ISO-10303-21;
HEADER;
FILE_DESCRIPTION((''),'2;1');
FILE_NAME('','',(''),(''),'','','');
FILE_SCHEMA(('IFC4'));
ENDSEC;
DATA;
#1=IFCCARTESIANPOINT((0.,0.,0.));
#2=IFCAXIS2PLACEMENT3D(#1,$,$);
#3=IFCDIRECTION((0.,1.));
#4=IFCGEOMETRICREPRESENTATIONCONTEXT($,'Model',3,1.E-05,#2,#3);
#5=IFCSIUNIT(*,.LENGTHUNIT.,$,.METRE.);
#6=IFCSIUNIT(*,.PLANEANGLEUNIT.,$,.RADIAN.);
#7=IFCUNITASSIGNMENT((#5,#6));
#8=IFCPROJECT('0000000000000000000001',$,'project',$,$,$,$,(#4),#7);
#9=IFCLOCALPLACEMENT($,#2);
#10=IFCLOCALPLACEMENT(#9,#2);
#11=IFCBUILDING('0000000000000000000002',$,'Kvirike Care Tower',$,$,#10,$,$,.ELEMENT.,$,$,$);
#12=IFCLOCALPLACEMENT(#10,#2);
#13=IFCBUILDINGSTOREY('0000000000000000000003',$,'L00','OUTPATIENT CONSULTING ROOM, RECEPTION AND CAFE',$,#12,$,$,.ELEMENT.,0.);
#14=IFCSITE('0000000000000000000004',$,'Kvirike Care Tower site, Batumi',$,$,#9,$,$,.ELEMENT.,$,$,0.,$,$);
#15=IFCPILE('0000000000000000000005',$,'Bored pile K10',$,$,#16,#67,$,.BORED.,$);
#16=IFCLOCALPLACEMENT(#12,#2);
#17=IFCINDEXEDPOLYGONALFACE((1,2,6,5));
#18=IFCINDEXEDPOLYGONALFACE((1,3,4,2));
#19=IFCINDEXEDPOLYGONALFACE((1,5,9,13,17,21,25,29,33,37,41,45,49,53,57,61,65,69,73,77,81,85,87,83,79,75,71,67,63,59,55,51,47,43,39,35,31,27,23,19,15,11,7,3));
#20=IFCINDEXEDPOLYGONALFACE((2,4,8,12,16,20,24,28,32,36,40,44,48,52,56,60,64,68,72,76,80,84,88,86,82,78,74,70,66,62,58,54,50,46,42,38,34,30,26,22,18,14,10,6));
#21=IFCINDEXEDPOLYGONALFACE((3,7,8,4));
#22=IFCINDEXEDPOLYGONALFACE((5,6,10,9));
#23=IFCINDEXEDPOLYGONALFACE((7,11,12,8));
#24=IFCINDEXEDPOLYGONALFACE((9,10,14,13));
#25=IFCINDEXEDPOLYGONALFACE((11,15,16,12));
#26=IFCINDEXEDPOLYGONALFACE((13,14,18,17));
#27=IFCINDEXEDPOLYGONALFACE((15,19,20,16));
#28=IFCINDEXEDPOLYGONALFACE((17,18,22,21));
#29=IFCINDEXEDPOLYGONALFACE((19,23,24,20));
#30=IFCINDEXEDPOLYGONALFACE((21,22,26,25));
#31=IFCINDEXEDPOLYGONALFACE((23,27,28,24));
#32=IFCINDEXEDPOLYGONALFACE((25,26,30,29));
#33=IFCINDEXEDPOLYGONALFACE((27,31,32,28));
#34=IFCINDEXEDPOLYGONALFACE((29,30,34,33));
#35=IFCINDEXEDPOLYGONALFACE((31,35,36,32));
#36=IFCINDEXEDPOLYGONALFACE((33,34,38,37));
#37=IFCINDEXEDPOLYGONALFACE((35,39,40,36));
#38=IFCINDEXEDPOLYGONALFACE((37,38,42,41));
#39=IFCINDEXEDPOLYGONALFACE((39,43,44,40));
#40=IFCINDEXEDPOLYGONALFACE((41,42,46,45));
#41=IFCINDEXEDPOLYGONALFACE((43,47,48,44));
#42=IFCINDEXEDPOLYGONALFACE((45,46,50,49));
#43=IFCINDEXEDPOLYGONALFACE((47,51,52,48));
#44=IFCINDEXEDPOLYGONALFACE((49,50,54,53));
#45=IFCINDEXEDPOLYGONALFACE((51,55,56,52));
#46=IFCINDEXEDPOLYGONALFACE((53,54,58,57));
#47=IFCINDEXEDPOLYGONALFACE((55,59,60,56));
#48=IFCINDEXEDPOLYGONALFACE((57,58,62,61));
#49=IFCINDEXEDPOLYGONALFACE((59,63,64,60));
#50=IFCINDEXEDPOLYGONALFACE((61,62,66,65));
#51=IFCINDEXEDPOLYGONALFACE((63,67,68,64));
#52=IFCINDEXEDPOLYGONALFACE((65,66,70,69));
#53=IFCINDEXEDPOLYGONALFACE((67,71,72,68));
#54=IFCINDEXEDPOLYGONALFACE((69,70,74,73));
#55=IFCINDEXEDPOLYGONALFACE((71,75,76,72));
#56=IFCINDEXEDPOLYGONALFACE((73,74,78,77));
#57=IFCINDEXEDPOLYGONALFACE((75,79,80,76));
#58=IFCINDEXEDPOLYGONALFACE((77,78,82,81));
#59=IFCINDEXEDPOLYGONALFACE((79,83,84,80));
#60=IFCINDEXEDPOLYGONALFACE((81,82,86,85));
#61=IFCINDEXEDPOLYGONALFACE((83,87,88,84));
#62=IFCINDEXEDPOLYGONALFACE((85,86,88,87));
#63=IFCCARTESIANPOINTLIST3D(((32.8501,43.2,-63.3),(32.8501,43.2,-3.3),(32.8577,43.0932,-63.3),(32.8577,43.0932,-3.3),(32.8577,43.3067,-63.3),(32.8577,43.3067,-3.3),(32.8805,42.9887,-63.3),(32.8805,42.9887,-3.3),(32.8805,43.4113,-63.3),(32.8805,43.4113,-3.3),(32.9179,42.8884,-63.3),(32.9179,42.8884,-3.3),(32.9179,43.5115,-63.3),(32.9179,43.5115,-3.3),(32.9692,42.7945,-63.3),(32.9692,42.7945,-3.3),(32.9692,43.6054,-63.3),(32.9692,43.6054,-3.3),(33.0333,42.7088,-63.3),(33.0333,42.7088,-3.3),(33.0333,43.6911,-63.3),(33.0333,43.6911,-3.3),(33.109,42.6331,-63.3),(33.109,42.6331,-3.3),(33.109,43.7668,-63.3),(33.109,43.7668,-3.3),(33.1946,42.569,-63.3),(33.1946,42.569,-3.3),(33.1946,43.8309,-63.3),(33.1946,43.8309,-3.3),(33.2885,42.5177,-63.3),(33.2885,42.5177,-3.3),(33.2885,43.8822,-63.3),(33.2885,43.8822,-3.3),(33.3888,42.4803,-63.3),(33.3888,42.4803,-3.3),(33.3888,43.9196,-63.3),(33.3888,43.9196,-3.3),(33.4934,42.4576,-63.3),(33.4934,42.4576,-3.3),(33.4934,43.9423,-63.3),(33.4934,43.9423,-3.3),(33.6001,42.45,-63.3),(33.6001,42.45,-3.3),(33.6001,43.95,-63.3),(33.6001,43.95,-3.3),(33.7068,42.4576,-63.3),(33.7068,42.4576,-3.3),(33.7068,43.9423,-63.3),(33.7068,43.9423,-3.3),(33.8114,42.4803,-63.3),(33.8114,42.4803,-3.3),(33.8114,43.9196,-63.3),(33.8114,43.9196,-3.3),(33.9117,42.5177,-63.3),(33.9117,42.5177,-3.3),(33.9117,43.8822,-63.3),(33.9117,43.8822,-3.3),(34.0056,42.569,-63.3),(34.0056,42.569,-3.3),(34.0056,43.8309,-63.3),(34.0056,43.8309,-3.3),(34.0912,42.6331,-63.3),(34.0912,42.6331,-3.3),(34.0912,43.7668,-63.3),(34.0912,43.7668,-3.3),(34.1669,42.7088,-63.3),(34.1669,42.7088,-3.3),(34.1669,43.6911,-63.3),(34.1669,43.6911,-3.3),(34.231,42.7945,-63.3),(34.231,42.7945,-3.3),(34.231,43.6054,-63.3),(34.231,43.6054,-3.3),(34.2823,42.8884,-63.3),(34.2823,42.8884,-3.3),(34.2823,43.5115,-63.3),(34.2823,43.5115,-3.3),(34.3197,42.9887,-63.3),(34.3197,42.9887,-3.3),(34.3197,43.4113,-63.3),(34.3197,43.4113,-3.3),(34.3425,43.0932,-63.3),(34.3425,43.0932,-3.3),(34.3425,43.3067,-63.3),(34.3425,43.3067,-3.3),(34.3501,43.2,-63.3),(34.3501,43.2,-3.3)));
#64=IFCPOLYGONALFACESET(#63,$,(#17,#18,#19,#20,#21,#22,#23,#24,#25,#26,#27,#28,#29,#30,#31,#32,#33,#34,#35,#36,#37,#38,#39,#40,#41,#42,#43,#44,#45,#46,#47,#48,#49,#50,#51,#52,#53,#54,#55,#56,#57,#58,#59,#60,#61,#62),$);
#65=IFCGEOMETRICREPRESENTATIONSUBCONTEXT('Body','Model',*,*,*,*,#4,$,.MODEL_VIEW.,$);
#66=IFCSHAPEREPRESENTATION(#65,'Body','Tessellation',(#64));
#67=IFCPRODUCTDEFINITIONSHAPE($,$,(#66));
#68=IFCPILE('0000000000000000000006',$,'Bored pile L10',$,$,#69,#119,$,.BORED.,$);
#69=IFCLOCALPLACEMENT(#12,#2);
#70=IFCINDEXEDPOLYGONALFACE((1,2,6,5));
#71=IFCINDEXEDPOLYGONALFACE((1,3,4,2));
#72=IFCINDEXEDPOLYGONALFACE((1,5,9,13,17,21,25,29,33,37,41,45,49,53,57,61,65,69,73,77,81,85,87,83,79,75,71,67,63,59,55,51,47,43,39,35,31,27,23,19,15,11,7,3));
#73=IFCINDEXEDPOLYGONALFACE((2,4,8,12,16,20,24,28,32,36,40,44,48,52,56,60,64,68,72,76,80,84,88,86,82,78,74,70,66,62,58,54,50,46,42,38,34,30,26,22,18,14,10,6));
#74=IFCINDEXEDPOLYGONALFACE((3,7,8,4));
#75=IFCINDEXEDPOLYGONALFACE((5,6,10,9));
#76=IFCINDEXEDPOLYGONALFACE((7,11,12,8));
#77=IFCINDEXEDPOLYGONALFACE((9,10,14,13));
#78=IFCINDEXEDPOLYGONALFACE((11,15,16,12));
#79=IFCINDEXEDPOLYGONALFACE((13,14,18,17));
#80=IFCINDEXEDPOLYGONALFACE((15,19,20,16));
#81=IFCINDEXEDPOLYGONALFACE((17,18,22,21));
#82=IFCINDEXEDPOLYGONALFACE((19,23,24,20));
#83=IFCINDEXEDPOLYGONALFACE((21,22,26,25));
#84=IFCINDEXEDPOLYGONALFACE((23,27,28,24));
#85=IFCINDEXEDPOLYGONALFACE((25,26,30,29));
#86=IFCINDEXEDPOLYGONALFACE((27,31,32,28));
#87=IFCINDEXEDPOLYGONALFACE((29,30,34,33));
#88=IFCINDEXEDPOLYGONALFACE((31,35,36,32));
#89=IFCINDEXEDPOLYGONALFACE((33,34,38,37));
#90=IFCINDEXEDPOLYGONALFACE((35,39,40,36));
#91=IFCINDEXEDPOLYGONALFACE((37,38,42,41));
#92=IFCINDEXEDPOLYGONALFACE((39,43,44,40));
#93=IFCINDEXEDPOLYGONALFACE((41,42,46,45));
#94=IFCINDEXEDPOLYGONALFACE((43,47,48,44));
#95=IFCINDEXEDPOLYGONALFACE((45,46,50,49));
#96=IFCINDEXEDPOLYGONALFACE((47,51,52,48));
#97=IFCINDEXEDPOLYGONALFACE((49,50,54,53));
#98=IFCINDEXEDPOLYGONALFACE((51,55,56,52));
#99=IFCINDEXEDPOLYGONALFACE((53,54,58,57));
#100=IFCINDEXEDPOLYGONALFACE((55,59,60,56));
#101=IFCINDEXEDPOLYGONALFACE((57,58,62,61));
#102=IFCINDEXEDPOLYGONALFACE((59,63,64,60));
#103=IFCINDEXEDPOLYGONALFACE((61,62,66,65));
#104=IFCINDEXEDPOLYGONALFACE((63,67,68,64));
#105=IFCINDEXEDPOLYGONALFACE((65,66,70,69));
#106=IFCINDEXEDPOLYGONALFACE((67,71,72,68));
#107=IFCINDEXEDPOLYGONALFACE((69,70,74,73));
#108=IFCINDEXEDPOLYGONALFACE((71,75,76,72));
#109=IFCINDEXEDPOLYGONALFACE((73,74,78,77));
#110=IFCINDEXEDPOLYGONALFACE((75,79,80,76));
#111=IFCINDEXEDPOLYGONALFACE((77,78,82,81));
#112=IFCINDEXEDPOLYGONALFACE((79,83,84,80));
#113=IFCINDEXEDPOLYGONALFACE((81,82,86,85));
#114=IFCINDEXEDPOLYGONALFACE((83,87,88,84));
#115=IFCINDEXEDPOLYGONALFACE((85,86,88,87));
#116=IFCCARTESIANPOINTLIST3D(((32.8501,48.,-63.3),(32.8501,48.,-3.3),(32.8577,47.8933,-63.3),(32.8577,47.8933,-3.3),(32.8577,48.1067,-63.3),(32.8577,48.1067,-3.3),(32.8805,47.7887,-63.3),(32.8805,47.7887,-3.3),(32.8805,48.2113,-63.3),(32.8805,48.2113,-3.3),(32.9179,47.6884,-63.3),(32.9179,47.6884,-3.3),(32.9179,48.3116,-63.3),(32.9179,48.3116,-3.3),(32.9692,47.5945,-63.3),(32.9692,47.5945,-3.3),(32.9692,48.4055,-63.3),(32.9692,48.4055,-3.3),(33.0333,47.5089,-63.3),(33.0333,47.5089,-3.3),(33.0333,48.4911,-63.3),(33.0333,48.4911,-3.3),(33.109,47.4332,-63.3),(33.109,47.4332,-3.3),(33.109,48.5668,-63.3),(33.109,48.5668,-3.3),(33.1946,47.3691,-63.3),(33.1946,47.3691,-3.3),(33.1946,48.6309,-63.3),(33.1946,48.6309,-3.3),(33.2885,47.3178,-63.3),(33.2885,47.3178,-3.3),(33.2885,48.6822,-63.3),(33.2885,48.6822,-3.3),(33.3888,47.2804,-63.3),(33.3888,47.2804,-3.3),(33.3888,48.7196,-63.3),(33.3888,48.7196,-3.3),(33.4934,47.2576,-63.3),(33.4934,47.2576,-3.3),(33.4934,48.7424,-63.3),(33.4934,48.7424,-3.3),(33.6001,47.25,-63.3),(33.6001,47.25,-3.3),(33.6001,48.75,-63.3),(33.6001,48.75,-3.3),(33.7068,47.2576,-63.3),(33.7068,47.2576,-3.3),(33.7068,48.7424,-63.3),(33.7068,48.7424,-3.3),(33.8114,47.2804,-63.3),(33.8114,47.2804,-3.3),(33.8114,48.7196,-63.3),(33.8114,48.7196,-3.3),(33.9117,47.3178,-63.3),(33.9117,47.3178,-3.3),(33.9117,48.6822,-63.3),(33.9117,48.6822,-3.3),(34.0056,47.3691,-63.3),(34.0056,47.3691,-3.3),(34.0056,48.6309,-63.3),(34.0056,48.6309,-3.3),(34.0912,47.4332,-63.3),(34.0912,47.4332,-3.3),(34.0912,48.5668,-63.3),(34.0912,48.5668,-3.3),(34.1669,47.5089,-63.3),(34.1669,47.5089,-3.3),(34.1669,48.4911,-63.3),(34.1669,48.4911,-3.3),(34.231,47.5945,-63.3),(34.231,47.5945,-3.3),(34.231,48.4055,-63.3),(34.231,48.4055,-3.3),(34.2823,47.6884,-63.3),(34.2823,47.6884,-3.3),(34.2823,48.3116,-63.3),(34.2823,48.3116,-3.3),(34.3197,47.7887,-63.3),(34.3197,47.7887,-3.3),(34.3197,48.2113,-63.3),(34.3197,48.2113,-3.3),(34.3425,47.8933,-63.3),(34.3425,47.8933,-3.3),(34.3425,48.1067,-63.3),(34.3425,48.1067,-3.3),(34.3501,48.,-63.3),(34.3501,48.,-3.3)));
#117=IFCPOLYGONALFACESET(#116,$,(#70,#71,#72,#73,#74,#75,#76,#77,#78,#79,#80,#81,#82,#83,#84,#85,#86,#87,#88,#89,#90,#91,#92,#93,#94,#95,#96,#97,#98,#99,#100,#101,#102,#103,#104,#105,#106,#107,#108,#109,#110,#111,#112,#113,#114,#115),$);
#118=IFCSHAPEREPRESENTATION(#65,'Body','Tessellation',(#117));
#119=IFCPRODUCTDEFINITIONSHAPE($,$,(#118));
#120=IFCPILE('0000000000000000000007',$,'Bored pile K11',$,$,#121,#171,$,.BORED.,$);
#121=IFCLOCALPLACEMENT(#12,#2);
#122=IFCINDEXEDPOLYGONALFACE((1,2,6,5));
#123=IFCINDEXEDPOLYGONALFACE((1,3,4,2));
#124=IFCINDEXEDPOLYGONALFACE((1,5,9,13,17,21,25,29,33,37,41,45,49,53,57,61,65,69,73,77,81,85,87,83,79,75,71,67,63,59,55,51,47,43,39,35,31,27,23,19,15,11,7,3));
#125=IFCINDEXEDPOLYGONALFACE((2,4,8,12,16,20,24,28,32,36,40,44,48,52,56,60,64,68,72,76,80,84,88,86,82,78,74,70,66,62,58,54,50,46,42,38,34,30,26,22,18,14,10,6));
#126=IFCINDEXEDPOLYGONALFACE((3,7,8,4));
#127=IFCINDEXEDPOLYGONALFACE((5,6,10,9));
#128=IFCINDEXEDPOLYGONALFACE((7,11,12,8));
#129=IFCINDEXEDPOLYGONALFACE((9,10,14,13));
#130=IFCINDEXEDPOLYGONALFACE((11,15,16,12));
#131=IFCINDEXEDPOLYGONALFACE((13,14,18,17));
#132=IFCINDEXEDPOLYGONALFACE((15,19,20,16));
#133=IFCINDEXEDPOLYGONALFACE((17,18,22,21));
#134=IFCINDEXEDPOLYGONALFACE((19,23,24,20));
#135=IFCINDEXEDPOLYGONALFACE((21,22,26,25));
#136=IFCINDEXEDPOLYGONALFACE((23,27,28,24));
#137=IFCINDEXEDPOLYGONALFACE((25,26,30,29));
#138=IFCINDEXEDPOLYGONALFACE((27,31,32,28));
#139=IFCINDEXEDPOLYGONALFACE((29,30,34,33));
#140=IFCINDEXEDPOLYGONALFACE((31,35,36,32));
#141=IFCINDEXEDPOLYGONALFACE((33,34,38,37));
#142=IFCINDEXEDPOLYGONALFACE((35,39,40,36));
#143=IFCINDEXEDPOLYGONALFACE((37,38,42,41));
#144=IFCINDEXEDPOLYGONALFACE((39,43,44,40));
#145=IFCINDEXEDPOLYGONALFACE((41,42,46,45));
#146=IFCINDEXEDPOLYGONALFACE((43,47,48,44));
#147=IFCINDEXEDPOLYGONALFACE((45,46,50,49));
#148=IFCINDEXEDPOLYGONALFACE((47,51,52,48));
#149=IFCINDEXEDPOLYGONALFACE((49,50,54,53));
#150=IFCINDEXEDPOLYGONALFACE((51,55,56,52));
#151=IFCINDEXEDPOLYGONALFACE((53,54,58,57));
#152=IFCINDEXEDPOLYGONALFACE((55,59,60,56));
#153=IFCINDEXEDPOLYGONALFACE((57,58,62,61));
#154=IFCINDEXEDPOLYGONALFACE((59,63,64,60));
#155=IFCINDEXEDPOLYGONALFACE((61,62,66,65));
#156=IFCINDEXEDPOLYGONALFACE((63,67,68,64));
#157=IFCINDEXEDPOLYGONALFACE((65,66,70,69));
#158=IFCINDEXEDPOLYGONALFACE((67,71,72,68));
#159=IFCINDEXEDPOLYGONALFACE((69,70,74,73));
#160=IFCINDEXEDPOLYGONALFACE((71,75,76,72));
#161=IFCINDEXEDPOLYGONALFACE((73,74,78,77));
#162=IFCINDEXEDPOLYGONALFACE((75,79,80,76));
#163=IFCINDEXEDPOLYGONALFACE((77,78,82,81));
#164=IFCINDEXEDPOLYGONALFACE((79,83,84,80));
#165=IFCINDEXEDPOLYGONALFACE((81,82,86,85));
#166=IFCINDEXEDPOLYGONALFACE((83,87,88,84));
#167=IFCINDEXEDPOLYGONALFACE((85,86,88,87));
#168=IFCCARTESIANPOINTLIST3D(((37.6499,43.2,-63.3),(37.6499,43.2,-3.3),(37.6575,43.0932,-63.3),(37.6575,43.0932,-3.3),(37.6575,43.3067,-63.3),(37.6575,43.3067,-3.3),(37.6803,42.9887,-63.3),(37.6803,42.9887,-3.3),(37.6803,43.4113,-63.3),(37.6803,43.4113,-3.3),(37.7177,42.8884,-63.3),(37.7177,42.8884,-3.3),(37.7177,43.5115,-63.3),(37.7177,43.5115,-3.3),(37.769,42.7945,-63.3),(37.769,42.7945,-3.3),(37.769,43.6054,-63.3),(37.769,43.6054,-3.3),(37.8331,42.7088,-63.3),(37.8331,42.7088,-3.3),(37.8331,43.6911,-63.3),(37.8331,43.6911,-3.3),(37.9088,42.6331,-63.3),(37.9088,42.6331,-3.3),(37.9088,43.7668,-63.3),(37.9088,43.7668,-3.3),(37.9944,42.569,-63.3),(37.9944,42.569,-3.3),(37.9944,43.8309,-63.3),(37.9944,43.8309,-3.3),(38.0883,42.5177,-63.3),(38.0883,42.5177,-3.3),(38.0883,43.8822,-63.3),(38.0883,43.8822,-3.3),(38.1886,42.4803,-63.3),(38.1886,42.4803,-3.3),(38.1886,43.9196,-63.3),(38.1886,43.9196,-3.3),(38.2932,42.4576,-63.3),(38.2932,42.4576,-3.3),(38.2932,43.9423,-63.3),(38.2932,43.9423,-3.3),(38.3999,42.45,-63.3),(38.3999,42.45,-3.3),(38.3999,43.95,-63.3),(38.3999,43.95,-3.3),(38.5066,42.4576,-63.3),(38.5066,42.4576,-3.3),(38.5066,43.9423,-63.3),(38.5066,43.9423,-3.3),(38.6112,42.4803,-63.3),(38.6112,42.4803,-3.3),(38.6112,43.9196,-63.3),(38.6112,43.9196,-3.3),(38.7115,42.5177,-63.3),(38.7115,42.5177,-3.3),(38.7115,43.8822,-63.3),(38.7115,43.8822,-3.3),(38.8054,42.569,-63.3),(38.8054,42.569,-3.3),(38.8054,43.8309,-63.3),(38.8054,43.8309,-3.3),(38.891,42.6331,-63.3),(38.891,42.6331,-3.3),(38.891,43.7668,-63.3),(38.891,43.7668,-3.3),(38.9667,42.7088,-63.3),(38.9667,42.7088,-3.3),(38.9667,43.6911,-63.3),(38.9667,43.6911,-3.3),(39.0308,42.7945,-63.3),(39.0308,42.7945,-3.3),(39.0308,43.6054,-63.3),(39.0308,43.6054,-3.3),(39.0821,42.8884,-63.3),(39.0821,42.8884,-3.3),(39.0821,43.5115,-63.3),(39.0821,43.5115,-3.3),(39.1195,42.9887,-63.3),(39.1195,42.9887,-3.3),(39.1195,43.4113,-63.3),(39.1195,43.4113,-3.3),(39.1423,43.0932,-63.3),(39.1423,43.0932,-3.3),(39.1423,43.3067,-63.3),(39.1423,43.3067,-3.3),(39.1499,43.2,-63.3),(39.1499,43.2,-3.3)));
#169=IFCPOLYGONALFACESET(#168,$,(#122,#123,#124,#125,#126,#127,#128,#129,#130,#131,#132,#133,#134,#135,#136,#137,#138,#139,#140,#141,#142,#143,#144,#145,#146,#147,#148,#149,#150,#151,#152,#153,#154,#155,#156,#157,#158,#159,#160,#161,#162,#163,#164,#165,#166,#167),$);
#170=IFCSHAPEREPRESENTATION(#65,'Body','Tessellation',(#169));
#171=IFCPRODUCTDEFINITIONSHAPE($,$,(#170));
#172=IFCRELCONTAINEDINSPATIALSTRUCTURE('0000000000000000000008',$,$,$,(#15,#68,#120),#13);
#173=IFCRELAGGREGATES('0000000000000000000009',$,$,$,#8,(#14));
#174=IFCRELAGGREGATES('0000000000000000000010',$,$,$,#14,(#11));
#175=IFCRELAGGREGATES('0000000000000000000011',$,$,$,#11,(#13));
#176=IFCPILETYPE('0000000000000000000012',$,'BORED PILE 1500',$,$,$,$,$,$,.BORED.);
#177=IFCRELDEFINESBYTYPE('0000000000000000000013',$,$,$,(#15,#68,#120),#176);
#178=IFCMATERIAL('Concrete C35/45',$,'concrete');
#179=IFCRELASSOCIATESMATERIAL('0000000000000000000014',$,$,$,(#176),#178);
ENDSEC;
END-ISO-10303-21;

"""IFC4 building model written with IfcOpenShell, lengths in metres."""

from ifc_helpers import new_model, si_unit, direction, frame, origin, origin_2d, place, context, subcontext, project, spatial, circle, extrude, material, material_profile, profile_set, type_object, element, save


model = new_model("IFC4")

# Units and contexts
model_context = context("Model", 3, precision=1e-05, world=origin(), true_north=direction((0.0, 1.0)))
body_context = subcontext(model_context, "Body", "Model", "MODEL_VIEW")
ifc_project = project(units=[si_unit("LENGTHUNIT", "METRE"), si_unit("PLANEANGLEUNIT", "RADIAN")], contexts=[model_context])

# Site, building, storey
site_placement = place(None, origin())
site = spatial("IfcSite", under=ifc_project, at=site_placement, Name="Kvirike Care Tower site, Batumi", CompositionType="ELEMENT", RefElevation=0.0)
building_placement = place(site_placement, origin())
building = spatial("IfcBuilding", under=site, at=building_placement, Name="Kvirike Care Tower", CompositionType="ELEMENT")
storey_placement = place(building_placement, origin())
storey = spatial("IfcBuildingStorey", under=building, at=storey_placement, Name="L00", Description="OUTPATIENT CONSULTING ROOM, RECEPTION AND CAFE", CompositionType="ELEMENT", Elevation=0.0)

# Piles
ifc_material_1 = material(Name="Concrete C35/45", Category="concrete")
ifc_material_profile_1 = material_profile(ifc_material_1, circle(Radius=0.75, at=origin_2d()), Name="BORED PILE 1500")
ifc_profile_set_1 = profile_set([ifc_material_profile_1], Name="Concrete C35/45")
pile_type = type_object("IfcPileType", Name="BORED PILE 1500", PredefinedType="BORED", material=ifc_profile_set_1)
for number, where, z_axis, x_axis, name in (
    (1, (33.6001, 43.2, -3.3), (0.0, 0.0, -1.0), (1.0, 0.0, 0.0), "Bored pile K10"),
    (2, (33.6001, 48.0, -3.3), (0.0, 0.0, -1.0), (1.0, 0.0, 0.0), "Bored pile L10"),
    (3, (38.3999, 43.2, -3.3), (0.0, 0.0, -1.0), (1.0, 0.0, 0.0), "Bored pile K11"),
):
    element("IfcPile", number, at=place(storey_placement, frame(where, z_axis=z_axis, x_axis=x_axis)), inside=storey, type_object=pile_type, Name=name, PredefinedType="BORED", context=body_context, shape_type="SweptSolid", body=[
        extrude(circle(Radius=0.75, at=origin_2d()), origin(), (0.0, 0.0, 1.0), 60.0),
    ])

save(model, "model.ifc")
